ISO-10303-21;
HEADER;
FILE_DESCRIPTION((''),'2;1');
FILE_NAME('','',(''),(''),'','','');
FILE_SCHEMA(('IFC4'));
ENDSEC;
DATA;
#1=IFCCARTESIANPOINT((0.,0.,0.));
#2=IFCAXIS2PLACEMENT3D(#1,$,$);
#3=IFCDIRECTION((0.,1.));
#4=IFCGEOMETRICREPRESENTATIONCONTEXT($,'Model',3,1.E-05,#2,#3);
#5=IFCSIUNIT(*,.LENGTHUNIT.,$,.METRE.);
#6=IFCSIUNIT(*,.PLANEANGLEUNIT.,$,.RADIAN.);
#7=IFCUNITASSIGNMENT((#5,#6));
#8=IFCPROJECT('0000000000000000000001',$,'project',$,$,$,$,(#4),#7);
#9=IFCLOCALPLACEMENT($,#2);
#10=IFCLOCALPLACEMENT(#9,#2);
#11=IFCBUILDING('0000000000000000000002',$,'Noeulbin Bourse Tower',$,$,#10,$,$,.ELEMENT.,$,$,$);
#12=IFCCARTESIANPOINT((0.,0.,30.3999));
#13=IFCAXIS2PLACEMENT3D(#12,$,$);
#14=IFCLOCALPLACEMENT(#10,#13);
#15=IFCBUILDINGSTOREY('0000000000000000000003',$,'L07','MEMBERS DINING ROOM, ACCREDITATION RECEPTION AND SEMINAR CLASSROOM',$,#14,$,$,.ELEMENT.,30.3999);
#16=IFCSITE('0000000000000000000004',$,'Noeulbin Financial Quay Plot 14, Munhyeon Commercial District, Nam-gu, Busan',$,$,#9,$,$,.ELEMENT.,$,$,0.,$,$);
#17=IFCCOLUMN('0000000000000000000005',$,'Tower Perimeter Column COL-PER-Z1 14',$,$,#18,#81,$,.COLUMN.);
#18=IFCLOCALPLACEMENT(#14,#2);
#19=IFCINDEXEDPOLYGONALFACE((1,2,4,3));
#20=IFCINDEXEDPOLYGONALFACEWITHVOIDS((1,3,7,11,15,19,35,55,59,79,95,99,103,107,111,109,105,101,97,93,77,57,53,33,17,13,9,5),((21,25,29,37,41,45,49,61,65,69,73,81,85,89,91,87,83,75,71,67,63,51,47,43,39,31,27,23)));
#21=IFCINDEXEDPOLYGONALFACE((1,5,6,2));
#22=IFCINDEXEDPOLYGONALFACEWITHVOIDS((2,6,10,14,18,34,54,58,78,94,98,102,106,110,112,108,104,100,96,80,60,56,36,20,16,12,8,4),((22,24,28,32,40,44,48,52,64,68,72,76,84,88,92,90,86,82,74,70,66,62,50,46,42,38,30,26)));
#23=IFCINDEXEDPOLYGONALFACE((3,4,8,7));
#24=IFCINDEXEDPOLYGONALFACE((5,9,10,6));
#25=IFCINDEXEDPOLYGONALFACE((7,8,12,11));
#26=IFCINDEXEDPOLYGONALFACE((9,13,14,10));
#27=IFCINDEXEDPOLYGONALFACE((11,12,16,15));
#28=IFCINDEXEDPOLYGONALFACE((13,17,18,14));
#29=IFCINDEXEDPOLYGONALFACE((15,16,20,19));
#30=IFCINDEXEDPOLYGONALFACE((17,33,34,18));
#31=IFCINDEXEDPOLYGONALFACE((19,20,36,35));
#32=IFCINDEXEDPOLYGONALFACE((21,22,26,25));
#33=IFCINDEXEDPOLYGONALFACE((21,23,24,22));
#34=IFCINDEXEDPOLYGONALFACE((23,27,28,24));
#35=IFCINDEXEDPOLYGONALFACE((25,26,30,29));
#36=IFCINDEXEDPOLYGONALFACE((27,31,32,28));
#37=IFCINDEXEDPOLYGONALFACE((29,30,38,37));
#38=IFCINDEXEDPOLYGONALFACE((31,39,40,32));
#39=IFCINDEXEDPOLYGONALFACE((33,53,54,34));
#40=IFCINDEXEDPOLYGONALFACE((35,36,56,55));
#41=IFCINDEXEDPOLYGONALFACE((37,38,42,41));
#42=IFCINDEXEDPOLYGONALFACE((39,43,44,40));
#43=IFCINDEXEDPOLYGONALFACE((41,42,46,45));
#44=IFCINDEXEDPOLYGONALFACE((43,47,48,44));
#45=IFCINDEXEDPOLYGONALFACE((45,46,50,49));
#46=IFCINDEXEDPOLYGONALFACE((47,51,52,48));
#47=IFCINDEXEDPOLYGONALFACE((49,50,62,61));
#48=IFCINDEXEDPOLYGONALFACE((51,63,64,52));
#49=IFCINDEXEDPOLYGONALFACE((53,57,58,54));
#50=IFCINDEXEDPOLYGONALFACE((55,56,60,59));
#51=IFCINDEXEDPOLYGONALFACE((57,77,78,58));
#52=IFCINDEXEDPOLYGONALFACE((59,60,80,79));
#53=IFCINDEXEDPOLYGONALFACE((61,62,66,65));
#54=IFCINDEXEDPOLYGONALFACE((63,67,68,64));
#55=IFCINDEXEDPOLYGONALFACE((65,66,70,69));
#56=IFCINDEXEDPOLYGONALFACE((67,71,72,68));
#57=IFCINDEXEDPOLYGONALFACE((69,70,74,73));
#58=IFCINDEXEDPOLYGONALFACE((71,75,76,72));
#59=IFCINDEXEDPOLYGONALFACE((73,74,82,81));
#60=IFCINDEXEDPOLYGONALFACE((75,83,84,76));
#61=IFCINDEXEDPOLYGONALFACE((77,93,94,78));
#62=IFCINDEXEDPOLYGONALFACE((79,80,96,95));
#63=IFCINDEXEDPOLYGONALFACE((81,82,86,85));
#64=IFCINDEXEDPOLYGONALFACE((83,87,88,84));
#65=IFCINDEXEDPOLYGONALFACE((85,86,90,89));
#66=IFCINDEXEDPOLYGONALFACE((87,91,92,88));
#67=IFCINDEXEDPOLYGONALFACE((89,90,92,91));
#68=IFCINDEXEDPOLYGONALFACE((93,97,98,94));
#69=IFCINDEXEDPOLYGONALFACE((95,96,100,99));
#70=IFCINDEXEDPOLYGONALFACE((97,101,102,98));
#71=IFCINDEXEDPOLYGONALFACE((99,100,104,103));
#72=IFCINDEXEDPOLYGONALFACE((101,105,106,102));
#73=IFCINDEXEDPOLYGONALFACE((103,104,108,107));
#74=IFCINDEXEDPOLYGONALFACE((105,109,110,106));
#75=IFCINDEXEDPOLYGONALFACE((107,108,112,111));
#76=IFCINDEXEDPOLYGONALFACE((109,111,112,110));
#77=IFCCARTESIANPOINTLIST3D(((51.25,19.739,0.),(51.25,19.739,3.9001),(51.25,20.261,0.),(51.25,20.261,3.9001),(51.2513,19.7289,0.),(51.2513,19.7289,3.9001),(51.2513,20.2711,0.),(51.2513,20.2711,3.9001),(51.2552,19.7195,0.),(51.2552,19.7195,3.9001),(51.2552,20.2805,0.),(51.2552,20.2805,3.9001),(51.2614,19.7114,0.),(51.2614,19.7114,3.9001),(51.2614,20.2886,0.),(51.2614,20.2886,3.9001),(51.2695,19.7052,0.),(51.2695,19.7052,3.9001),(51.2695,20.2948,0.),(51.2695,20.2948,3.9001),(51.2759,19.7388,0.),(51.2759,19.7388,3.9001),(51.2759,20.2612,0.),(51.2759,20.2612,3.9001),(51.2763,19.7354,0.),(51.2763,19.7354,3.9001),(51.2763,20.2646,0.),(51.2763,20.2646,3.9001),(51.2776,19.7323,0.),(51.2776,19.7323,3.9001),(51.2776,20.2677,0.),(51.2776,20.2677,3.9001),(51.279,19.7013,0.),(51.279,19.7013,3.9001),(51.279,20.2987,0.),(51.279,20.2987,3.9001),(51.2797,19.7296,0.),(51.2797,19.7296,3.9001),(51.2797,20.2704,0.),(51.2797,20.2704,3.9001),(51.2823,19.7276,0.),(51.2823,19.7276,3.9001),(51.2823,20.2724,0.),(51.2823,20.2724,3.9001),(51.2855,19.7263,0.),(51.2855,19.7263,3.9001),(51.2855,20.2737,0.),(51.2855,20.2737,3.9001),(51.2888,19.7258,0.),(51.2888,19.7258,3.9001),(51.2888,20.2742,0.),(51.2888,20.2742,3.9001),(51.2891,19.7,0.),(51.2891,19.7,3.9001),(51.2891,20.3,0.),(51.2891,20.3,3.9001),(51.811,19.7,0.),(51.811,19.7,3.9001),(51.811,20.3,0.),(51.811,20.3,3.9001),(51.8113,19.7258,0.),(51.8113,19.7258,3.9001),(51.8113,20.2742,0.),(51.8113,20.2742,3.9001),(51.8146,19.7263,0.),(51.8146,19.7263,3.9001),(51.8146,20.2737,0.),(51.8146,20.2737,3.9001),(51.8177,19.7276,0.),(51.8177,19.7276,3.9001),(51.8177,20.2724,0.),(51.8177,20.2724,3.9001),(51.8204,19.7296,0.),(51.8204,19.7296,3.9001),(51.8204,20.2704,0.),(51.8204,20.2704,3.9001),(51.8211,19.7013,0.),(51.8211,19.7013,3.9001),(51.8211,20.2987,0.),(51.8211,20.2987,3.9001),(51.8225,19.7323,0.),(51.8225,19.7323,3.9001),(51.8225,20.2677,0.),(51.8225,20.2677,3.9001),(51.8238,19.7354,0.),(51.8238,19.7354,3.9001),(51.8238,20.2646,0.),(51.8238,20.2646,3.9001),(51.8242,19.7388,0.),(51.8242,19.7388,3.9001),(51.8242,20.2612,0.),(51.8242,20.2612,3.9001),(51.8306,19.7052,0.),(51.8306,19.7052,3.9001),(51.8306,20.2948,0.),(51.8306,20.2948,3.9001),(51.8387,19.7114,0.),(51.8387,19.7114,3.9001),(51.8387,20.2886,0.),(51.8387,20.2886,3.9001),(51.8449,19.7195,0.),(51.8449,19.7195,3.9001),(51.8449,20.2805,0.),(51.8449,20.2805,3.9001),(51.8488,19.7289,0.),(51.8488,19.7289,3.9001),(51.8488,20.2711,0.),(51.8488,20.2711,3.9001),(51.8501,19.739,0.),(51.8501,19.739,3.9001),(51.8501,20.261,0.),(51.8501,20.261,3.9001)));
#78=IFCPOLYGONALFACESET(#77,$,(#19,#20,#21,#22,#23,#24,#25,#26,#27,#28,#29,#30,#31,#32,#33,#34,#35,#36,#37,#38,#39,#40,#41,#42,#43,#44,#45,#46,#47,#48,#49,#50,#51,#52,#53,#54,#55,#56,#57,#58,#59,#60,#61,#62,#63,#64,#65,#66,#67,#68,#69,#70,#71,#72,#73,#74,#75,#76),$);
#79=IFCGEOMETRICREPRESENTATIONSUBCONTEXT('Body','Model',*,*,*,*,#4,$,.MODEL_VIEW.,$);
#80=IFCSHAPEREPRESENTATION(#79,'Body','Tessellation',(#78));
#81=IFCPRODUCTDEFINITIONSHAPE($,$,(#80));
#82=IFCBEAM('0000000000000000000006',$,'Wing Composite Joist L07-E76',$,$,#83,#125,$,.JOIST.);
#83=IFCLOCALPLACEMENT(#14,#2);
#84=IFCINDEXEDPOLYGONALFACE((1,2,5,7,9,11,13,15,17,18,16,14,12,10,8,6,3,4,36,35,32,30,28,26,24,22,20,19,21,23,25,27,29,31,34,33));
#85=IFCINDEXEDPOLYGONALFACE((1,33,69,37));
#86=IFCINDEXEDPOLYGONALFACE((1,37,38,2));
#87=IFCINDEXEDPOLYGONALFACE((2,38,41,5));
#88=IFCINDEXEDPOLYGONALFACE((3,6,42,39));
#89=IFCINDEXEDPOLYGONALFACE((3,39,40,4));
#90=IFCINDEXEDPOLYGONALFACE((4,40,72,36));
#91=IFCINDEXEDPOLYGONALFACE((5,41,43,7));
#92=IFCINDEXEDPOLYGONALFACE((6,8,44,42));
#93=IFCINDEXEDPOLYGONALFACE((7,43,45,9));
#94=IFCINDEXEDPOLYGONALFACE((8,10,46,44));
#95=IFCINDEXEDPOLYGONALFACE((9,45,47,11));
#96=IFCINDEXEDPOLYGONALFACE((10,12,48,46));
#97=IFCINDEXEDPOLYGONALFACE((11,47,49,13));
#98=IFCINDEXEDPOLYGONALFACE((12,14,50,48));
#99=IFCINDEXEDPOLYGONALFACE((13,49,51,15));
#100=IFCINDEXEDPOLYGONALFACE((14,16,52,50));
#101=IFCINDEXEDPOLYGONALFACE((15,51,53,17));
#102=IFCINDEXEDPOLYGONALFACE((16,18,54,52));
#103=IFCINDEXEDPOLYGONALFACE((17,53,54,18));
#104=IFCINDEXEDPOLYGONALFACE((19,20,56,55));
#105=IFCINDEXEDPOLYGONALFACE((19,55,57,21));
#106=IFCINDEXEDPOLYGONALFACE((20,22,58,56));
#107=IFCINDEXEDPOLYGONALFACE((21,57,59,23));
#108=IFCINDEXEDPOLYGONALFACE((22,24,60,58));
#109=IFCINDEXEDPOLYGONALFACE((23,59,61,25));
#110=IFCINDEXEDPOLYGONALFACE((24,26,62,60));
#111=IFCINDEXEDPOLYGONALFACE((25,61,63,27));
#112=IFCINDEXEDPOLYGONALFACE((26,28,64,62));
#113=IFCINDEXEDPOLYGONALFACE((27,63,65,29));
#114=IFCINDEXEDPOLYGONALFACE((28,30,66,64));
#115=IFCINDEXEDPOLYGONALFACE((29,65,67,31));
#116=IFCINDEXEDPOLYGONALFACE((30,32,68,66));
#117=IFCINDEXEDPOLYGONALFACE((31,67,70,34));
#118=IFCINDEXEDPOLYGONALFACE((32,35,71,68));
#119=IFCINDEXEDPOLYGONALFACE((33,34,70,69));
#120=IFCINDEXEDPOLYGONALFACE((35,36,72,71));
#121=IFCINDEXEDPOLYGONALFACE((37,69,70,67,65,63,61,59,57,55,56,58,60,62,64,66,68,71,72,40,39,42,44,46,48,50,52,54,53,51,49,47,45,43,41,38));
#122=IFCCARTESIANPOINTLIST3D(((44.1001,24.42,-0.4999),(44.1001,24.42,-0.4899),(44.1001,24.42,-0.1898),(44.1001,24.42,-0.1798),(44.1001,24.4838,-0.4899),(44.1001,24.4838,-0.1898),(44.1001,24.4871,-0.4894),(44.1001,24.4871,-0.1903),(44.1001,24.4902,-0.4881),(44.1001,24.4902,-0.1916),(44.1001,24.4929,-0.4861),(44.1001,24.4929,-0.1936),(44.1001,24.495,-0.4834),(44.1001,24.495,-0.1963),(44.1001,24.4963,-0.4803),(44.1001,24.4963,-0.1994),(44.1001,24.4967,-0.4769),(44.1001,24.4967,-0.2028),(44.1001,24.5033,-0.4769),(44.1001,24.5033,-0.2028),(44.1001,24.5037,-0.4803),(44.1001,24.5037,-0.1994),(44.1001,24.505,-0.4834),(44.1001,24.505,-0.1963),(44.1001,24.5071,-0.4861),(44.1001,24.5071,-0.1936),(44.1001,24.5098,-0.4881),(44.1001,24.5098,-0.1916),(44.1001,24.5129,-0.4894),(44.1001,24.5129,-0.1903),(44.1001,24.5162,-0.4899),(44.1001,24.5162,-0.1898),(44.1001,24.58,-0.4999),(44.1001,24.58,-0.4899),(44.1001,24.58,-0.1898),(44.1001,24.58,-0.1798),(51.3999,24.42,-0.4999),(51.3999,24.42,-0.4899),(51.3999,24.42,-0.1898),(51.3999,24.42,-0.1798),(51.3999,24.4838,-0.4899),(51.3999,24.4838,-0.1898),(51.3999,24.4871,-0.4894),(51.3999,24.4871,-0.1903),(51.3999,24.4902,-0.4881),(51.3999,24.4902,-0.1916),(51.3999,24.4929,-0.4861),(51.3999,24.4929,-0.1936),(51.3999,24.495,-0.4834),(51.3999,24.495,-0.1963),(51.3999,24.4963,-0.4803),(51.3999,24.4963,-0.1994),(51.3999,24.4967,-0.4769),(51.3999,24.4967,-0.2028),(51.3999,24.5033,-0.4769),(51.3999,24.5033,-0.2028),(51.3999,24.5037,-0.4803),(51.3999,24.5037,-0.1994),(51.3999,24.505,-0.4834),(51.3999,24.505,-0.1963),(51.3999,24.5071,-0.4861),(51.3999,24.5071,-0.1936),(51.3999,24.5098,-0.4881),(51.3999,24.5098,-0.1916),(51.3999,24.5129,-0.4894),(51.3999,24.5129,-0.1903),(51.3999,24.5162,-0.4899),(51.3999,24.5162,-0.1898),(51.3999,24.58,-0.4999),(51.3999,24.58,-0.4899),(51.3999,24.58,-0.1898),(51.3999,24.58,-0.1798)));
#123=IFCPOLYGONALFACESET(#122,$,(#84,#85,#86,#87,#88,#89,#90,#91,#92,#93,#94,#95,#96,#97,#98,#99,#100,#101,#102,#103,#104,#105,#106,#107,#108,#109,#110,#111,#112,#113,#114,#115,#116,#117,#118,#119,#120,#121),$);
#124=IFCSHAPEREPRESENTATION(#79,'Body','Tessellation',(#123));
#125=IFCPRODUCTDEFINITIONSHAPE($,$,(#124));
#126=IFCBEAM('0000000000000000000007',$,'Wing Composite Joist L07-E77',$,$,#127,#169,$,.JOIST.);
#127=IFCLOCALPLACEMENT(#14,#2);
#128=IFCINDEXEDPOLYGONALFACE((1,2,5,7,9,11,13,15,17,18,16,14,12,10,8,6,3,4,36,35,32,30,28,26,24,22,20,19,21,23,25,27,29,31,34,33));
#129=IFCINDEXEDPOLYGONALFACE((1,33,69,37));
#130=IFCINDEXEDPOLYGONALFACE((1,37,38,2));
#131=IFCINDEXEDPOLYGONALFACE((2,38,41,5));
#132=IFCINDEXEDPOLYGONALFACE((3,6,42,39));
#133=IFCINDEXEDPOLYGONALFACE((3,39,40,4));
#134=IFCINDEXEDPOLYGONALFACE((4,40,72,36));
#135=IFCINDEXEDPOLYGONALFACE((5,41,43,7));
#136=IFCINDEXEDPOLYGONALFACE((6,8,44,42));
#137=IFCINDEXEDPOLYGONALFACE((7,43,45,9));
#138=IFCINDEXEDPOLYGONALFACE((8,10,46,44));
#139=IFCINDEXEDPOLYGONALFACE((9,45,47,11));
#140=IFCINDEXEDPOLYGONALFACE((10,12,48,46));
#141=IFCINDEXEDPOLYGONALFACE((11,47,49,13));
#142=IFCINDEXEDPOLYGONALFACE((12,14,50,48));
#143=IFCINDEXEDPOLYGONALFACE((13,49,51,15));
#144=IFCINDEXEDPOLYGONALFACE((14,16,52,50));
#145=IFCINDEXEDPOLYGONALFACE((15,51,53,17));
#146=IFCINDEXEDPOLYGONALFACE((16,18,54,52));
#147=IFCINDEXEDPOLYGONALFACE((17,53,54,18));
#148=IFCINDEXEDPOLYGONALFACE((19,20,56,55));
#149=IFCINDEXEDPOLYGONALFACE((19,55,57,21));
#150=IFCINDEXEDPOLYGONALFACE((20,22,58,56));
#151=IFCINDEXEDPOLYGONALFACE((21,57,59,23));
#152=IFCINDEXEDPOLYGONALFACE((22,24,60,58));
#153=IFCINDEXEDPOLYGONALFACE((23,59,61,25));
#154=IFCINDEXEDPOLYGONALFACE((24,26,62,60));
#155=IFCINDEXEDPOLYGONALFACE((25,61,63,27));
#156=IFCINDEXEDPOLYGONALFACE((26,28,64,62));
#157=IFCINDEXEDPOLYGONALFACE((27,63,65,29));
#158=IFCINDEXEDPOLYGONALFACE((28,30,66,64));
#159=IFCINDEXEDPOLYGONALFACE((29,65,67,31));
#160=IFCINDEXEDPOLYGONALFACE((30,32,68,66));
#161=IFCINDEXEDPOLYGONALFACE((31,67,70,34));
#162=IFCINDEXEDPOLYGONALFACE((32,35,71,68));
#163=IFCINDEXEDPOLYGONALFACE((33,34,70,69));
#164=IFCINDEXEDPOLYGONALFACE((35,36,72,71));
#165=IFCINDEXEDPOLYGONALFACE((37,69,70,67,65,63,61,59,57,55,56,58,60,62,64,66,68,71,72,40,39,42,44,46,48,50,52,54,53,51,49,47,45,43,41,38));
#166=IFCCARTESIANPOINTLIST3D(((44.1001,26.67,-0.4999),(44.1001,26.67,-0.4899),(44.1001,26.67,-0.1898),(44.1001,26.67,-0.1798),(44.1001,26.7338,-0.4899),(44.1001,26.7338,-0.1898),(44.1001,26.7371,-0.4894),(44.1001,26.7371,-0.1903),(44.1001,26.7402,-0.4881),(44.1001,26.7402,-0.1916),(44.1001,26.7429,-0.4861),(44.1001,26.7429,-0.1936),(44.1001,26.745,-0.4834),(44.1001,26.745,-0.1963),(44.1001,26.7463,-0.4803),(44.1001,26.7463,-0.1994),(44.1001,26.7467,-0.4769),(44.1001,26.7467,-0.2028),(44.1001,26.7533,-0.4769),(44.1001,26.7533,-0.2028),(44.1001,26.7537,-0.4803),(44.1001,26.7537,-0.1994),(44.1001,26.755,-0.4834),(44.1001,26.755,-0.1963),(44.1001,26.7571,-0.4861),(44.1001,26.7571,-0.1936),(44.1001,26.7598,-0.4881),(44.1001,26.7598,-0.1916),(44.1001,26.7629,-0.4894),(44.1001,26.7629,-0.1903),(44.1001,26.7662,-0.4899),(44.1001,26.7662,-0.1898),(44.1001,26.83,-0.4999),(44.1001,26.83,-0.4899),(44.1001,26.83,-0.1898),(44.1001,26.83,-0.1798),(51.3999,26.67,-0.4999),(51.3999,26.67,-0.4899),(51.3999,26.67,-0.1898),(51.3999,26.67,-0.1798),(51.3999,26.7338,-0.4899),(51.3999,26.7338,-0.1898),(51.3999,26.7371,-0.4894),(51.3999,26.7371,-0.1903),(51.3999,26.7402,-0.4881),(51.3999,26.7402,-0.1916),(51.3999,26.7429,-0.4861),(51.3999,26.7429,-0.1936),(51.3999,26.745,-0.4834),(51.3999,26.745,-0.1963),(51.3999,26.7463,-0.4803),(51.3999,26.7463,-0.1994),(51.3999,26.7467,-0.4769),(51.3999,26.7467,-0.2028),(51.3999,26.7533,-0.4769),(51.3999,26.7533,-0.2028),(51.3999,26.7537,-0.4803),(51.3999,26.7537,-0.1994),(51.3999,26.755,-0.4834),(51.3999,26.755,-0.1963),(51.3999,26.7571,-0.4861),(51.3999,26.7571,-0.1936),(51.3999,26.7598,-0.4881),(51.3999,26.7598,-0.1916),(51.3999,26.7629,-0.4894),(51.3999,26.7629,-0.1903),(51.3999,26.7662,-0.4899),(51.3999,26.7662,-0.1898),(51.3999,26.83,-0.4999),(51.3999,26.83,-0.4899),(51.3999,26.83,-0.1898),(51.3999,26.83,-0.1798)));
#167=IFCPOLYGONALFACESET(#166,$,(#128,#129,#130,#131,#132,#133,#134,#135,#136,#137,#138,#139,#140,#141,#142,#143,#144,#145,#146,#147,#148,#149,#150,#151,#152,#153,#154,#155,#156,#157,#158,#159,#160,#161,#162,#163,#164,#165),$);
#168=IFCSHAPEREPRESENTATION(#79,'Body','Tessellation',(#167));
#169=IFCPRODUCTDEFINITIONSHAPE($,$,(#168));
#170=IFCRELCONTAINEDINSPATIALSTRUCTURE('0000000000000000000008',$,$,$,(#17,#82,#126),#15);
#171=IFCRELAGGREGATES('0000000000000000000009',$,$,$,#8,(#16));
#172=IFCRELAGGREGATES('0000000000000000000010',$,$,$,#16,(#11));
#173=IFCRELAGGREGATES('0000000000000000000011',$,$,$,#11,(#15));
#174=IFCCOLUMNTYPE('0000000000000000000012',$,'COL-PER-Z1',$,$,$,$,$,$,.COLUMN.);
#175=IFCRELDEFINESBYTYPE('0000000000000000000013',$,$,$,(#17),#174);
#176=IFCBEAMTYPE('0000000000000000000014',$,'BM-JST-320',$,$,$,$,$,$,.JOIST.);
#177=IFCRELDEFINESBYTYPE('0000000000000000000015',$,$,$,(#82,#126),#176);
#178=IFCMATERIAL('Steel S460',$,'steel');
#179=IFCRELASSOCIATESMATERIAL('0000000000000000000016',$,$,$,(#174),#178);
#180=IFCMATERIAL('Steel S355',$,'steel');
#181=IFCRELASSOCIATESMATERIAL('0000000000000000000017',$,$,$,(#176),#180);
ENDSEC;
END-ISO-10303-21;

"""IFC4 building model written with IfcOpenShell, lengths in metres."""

from ifc_helpers import new_model, si_unit, direction, frame, origin, origin_2d, place, context, subcontext, project, spatial, hollow_rectangle, i_section, extrude, material, material_profile, profile_set, type_object, element, save


model = new_model("IFC4")

# Units and contexts
model_context = context("Model", 3, precision=1e-05, world=origin(), true_north=direction((0.0, 1.0)))
body_context = subcontext(model_context, "Body", "Model", "MODEL_VIEW")
ifc_project = project(units=[si_unit("LENGTHUNIT", "METRE"), si_unit("PLANEANGLEUNIT", "RADIAN")], contexts=[model_context])

# Site, building, storey
site_placement = place(None, origin())
site = spatial("IfcSite", under=ifc_project, at=site_placement, Name="Noeulbin Financial Quay Plot 14, Munhyeon Commercial District, Nam-gu, Busan", CompositionType="ELEMENT", RefElevation=0.0)
building_placement = place(site_placement, origin())
building = spatial("IfcBuilding", under=site, at=building_placement, Name="Noeulbin Bourse Tower", CompositionType="ELEMENT")
storey_placement = place(building_placement, frame((0.0, 0.0, 30.3999)))
storey = spatial("IfcBuildingStorey", under=building, at=storey_placement, Name="L07", Description="MEMBERS DINING ROOM, ACCREDITATION RECEPTION AND SEMINAR CLASSROOM", CompositionType="ELEMENT", Elevation=30.3999)

# Column
ifc_material_1 = material(Name="Steel S460", Category="steel")
ifc_material_profile_1 = material_profile(ifc_material_1, hollow_rectangle(XDim=0.6001, YDim=0.6001, WallThickness=0.0259, InnerFilletRadius=0.0129, OuterFilletRadius=0.0391, at=origin_2d()), Name="BOX-600x600x26", Category="LoadBearing")
ifc_profile_set_1 = profile_set([ifc_material_profile_1], Name="Steel S460")
column_type = type_object("IfcColumnType", Name="COL-PER-Z1", PredefinedType="COLUMN", material=ifc_profile_set_1)
column_placement = place(storey_placement, frame((51.55, 20.0, 0.0), z_axis=(0.0, 0.0, 1.0), x_axis=(1.0, 0.0, 0.0)))
element("IfcColumn", 1, at=column_placement, inside=storey, type_object=column_type, Name="Tower Perimeter Column COL-PER-Z1 14", PredefinedType="COLUMN", context=body_context, shape_type="SweptSolid", body=[
    extrude(hollow_rectangle(XDim=0.6001, YDim=0.6001, WallThickness=0.0259, InnerFilletRadius=0.0129, OuterFilletRadius=0.0391, at=origin_2d()), origin(), (0.0, 0.0, 1.0), 3.9001),
])

# Beams
ifc_material_2 = material(Name="Steel S355", Category="steel")
ifc_material_profile_2 = material_profile(ifc_material_2, i_section(OverallWidth=0.1599, OverallDepth=0.3201, WebThickness=0.0066, FlangeThickness=0.01, FilletRadius=0.0129, at=origin_2d()), Name="H-320x160x6.5x10", Category="LoadBearing")
ifc_profile_set_2 = profile_set([ifc_material_profile_2], Name="Steel S355")
beam_type_1 = type_object("IfcBeamType", Name="BM-JST-320", PredefinedType="JOIST", material=ifc_profile_set_2)
for number, where, z_axis, x_axis, name in (
    (2, (44.1001, 24.5, -0.3398), (1.0, 0.0, 0.0), (0.0, 1.0, 0.0), "Wing Composite Joist L07-E76"),
    (3, (44.1001, 26.75, -0.3398), (1.0, 0.0, 0.0), (0.0, 1.0, 0.0), "Wing Composite Joist L07-E77"),
):
    element("IfcBeam", number, at=place(storey_placement, frame(where, z_axis=z_axis, x_axis=x_axis)), inside=storey, type_object=beam_type_1, Name=name, PredefinedType="JOIST", context=body_context, shape_type="SweptSolid", body=[
        extrude(i_section(OverallWidth=0.1599, OverallDepth=0.3201, WebThickness=0.0066, FlangeThickness=0.01, FilletRadius=0.0129, at=origin_2d()), origin(), (0.0, 0.0, 1.0), 7.2998),
    ])

save(model, "model.ifc")
